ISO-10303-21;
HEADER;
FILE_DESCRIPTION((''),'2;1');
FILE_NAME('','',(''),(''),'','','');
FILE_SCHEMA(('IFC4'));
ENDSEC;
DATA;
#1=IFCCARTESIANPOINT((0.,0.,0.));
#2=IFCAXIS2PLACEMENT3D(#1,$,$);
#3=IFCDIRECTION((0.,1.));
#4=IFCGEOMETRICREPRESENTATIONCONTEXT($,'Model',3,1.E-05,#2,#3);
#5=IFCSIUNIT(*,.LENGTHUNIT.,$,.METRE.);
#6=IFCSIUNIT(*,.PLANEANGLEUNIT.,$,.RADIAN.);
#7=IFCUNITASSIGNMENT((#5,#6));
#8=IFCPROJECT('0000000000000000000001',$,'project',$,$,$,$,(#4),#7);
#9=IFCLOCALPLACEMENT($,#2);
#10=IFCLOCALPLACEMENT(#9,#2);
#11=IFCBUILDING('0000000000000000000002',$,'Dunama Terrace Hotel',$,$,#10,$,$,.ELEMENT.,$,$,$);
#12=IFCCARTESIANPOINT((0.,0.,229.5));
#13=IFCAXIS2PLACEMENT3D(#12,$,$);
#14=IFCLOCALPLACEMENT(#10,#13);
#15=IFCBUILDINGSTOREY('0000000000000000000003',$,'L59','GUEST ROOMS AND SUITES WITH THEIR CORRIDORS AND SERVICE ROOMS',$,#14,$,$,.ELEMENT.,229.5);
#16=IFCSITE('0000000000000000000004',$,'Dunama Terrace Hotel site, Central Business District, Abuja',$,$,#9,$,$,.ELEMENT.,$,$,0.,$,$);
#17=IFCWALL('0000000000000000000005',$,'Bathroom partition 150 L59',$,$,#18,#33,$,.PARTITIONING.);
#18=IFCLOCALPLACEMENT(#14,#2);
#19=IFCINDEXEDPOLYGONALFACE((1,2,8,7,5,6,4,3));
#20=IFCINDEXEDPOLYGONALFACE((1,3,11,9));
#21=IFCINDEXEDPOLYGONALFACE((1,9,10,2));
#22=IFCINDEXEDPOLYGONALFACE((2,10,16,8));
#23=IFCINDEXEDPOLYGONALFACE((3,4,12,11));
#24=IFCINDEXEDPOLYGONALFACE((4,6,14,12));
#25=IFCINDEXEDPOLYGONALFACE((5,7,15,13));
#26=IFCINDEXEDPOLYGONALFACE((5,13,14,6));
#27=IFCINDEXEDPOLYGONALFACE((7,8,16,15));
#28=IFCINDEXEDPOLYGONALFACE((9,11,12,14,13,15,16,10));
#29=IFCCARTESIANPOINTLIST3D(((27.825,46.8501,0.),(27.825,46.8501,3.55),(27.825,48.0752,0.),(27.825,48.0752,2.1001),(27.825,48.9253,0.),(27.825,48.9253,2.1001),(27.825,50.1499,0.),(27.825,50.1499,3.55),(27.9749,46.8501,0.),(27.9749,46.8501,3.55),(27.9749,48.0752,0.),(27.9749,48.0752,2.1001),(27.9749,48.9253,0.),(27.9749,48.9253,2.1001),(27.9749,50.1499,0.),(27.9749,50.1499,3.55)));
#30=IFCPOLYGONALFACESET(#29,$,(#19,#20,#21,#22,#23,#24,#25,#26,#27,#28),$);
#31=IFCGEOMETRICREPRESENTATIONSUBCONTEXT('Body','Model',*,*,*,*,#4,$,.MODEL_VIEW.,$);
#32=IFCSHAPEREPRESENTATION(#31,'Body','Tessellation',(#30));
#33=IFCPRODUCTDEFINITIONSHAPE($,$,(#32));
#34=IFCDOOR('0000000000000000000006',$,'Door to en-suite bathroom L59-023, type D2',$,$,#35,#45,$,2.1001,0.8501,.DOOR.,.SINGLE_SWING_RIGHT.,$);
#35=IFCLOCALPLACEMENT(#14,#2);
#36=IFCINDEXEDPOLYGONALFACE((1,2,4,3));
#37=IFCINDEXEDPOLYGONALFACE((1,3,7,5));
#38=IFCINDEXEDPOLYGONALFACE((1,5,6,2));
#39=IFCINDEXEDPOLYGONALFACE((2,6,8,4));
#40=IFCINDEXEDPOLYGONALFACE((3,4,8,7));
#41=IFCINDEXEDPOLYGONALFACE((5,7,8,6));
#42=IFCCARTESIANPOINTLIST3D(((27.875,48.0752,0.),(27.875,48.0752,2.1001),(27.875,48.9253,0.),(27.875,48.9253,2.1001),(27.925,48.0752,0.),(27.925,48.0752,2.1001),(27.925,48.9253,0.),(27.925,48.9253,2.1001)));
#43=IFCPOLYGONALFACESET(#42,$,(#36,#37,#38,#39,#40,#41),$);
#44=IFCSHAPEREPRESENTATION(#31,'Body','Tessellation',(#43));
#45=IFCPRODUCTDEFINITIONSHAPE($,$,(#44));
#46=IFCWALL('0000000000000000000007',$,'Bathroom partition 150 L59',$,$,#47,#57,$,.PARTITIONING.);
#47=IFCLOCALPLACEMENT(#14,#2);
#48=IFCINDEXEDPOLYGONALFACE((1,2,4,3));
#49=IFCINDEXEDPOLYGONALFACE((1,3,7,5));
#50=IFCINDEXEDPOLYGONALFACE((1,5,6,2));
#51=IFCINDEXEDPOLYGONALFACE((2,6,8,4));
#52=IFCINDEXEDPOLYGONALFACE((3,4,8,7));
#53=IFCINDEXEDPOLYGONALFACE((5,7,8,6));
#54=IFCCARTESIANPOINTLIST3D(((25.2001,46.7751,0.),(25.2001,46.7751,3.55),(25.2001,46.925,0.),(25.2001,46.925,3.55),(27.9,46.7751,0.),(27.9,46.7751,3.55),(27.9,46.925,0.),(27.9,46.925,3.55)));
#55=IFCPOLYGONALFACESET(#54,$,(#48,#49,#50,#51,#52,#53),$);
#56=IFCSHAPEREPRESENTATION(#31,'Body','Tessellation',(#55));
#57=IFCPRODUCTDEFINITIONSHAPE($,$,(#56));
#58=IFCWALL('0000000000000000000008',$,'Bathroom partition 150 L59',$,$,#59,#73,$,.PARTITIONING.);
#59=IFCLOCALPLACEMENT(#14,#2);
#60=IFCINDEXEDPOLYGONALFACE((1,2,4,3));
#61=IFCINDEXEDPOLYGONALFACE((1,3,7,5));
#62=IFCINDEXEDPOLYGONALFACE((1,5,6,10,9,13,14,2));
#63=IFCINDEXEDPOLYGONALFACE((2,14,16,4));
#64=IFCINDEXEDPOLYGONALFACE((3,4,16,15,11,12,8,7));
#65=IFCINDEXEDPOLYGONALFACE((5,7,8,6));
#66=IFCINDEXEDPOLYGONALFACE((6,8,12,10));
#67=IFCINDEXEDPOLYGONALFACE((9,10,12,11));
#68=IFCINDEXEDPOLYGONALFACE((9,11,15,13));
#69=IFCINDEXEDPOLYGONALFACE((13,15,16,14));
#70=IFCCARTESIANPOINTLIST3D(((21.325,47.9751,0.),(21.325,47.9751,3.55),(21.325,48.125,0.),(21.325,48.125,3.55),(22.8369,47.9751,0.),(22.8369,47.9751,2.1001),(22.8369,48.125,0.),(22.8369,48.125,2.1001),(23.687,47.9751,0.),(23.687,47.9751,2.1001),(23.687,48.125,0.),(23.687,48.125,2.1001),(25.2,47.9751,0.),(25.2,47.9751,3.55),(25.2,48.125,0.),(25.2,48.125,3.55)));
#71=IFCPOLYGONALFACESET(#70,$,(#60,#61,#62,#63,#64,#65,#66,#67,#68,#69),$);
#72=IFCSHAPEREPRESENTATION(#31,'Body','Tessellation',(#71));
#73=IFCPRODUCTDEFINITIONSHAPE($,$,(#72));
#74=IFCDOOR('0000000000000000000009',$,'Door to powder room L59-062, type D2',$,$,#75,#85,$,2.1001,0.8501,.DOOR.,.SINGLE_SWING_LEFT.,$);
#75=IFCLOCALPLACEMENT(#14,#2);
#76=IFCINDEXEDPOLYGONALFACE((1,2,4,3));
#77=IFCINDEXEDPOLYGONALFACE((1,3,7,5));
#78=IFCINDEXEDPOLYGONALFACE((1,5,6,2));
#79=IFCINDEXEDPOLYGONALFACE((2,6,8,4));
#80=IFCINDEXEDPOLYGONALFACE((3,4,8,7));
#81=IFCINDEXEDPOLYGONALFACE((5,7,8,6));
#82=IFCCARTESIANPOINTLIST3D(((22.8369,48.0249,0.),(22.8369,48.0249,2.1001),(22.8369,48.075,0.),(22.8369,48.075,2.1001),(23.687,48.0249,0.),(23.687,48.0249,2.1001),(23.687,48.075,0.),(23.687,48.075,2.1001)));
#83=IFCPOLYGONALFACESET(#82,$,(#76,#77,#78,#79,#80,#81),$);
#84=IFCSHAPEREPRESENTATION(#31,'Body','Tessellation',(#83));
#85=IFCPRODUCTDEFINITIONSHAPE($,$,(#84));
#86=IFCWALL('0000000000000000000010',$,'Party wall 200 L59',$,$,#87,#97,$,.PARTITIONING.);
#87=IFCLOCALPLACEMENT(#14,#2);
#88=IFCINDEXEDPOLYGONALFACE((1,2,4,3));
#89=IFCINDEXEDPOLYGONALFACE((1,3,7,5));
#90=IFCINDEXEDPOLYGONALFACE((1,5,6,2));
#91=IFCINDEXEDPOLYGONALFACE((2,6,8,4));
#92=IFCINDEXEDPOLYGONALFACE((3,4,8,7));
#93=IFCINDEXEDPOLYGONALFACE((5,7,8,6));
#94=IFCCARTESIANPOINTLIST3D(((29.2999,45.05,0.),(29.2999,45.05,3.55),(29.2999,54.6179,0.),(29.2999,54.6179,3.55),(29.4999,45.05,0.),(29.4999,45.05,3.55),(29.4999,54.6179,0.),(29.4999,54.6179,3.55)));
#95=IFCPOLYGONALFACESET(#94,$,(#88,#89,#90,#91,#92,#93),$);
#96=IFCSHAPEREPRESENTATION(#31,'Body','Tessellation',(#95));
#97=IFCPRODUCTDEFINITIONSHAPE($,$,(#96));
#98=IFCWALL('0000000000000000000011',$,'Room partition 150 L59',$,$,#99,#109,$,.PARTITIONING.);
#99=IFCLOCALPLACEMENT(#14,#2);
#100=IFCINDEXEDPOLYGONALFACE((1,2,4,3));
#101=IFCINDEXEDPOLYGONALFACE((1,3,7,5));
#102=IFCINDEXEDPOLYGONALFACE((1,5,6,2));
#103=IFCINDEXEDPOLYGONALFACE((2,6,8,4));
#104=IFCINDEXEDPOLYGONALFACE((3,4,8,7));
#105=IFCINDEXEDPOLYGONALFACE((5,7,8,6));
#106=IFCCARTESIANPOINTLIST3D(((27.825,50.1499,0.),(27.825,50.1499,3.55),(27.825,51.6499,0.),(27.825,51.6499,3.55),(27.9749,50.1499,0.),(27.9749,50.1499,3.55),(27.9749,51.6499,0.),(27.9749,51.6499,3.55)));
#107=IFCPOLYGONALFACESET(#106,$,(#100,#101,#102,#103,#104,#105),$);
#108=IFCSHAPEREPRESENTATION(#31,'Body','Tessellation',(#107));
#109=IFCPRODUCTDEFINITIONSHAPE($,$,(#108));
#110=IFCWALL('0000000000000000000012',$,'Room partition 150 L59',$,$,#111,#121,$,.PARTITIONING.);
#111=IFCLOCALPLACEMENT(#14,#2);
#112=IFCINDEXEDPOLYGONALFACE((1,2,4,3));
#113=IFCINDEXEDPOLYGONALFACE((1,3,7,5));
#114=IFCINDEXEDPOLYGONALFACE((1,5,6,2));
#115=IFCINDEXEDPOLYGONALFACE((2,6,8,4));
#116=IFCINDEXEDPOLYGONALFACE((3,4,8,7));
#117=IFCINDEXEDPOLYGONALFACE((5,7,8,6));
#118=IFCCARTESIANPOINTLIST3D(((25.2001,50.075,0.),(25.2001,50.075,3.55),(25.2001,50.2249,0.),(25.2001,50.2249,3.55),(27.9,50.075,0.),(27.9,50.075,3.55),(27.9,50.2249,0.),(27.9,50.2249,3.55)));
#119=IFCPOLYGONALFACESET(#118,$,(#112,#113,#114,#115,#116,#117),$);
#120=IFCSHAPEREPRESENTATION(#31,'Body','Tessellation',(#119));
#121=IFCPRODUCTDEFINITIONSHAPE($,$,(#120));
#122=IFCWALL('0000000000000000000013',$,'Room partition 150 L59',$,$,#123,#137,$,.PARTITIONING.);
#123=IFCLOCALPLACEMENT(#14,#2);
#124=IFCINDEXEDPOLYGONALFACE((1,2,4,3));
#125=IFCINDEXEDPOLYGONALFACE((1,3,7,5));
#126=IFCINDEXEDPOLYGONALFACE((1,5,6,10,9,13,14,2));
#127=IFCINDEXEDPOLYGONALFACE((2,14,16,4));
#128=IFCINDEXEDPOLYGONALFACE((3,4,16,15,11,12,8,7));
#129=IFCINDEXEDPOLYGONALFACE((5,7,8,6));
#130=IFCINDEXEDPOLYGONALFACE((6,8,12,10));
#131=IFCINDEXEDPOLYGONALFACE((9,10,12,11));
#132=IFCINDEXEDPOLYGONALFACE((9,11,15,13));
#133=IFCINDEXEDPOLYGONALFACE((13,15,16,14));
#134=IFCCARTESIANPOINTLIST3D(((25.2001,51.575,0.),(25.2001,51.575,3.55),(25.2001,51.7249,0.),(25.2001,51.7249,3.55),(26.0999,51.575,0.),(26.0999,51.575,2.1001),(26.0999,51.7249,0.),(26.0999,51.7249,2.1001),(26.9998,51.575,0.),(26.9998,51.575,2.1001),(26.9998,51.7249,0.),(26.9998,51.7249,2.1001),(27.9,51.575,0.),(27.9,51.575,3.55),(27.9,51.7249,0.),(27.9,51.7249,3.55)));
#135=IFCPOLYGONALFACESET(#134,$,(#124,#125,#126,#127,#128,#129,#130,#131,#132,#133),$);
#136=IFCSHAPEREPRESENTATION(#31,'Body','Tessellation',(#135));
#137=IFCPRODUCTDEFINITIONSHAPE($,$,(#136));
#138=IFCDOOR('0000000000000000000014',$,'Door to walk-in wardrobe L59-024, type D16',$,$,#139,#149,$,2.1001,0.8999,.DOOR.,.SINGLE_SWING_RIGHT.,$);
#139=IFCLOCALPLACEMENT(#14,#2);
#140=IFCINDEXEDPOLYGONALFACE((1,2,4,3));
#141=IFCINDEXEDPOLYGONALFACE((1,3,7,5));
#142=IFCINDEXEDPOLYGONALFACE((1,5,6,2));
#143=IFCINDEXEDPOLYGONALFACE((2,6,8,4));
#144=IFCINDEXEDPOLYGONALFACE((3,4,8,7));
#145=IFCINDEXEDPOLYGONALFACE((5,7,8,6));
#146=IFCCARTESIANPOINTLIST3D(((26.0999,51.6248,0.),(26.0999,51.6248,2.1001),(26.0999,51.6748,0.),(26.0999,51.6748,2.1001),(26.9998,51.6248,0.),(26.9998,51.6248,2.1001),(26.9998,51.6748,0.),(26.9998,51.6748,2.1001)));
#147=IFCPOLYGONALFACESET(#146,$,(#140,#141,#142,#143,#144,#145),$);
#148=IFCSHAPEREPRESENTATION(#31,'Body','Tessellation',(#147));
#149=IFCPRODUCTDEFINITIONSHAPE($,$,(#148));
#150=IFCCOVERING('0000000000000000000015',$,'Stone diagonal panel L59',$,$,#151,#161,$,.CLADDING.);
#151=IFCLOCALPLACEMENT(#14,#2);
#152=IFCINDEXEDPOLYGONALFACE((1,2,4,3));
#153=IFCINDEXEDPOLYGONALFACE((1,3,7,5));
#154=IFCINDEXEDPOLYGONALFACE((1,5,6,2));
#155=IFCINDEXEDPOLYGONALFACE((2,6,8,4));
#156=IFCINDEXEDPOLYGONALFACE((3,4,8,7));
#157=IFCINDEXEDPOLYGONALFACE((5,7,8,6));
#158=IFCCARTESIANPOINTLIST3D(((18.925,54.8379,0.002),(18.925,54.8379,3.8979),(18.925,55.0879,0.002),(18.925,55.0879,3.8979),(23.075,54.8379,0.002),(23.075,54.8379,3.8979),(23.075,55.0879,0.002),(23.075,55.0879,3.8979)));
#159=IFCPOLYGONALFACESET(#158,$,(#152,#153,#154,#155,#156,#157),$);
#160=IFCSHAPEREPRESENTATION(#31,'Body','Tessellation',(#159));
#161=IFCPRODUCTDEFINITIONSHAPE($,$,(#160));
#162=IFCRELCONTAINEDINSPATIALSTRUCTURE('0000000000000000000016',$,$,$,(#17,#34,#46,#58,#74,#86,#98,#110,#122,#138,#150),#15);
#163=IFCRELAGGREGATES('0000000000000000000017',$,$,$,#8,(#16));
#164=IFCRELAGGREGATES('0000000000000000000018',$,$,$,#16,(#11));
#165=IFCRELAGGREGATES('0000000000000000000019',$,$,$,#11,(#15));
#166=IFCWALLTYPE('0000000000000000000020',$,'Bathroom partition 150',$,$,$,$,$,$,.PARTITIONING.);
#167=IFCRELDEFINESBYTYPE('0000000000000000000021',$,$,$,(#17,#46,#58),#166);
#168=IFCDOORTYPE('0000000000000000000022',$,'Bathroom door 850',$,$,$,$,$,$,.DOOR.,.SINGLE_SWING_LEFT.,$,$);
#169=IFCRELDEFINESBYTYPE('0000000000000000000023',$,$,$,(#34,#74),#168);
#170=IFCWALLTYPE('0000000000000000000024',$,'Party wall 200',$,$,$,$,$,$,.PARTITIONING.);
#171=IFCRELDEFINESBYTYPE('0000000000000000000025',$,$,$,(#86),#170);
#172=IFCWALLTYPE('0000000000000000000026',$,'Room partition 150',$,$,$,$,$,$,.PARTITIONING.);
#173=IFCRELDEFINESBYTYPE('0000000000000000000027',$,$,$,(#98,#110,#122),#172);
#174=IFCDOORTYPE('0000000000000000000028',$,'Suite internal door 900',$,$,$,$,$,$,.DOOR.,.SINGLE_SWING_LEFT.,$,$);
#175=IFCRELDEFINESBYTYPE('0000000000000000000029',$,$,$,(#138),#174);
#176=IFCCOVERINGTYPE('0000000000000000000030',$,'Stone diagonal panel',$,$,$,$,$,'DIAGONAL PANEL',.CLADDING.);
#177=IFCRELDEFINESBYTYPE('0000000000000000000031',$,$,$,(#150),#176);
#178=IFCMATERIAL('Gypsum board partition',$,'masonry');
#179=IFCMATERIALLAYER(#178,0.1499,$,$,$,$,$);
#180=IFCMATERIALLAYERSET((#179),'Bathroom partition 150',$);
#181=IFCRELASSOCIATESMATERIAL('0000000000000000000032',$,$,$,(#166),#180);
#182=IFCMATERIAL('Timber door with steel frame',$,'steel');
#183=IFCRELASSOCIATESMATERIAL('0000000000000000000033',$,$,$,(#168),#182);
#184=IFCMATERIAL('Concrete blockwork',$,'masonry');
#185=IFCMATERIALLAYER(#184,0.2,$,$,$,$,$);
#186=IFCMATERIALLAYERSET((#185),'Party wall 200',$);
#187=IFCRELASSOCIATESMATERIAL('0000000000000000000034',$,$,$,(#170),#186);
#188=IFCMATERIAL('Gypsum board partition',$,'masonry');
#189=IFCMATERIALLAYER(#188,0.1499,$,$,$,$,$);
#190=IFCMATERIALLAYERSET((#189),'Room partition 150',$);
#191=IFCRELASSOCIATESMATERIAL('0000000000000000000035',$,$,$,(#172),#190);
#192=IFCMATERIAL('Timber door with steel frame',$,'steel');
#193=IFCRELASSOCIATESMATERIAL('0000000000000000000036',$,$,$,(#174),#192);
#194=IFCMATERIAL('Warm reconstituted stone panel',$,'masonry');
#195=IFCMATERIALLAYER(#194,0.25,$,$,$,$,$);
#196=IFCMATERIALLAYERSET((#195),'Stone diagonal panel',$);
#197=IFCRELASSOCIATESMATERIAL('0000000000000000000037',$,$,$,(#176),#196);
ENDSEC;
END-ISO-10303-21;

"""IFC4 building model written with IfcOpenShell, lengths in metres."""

from ifc_helpers import new_model, si_unit, direction, frame, frame_2d, origin, origin_2d, place, context, subcontext, project, spatial, rectangle, extrude, material, layer, layer_set, type_object, element, fill, save


model = new_model("IFC4")

# Units and contexts
model_context = context("Model", 3, precision=1e-05, world=origin(), true_north=direction((0.0, 1.0)))
body_context = subcontext(model_context, "Body", "Model", "MODEL_VIEW")
ifc_project = project(units=[si_unit("LENGTHUNIT", "METRE"), si_unit("PLANEANGLEUNIT", "RADIAN")], contexts=[model_context])

# Site, building, storey
site_placement = place(None, origin())
site = spatial("IfcSite", under=ifc_project, at=site_placement, Name="Dunama Terrace Hotel site, Central Business District, Abuja", CompositionType="ELEMENT", RefElevation=0.0)
building_placement = place(site_placement, origin())
building = spatial("IfcBuilding", under=site, at=building_placement, Name="Dunama Terrace Hotel", CompositionType="ELEMENT")
storey_placement = place(building_placement, frame((0.0, 0.0, 229.5)))
storey = spatial("IfcBuildingStorey", under=building, at=storey_placement, Name="L59", Description="GUEST ROOMS AND SUITES WITH THEIR CORRIDORS AND SERVICE ROOMS", CompositionType="ELEMENT", Elevation=229.5)

# Wall, opening, door
ifc_material_1 = material(Name="Gypsum board partition", Category="masonry")
ifc_layer_1 = layer(ifc_material_1, 0.1499)
ifc_layer_set_1 = layer_set([ifc_layer_1], Name="Bathroom partition 150")
wall_type_1 = type_object("IfcWallType", Name="Bathroom partition 150", PredefinedType="PARTITIONING", material=ifc_layer_set_1)
wall_1_placement = place(storey_placement, frame((27.8999, 46.8501, 0.0), z_axis=(0.0, 0.0, 1.0), x_axis=(0.0, 1.0, 0.0)))
wall_1 = element("IfcWall", 1, at=wall_1_placement, inside=storey, type_object=wall_type_1, Name="Bathroom partition 150 L59", PredefinedType="PARTITIONING", context=body_context, shape_type="SweptSolid", body=[
    extrude(rectangle(XDim=3.2998, YDim=0.1499, at=frame_2d((1.6499, 0.0))), origin(), (0.0, 0.0, 1.0), 3.55),
])
opening_1_placement = place(wall_1_placement, frame((1.2251, 0.0, 0.0)))
opening_1 = element("IfcOpeningElement", 2, at=opening_1_placement, cuts=wall_1, PredefinedType="OPENING", context=body_context, shape_type="SweptSolid", body=[
    extrude(rectangle(XDim=0.8501, YDim=2.1001, at=frame_2d((0.425, 1.05))), frame((0.0, 0.085, 0.0), z_axis=(0.0, -1.0, 0.0), x_axis=(1.0, 0.0, 0.0)), (0.0, 0.0, 1.0), 0.1699),
])
ifc_material_2 = material(Name="Timber door with steel frame", Category="steel")
door_type_1 = type_object("IfcDoorType", Name="Bathroom door 850", OperationType="SINGLE_SWING_LEFT", PredefinedType="DOOR", material=ifc_material_2)
door_1_placement = place(opening_1_placement, origin())
door_1 = element("IfcDoor", 3, at=door_1_placement, inside=storey, type_object=door_type_1, Name="Door to en-suite bathroom L59-023, type D2", OperationType="SINGLE_SWING_RIGHT", OverallHeight=2.1001, OverallWidth=0.8501, PredefinedType="DOOR", context=body_context, shape_type="SweptSolid", body=[
    extrude(rectangle(XDim=0.8501, YDim=2.1001, at=frame_2d((0.425, 1.05))), frame((0.0, 0.0249, 0.0), z_axis=(0.0, -1.0, 0.0), x_axis=(1.0, 0.0, 0.0)), (0.0, 0.0, 1.0), 0.05),
])
fill(opening_1, door_1)

# Wall
wall_2_placement = place(storey_placement, frame((25.2, 46.8501, 0.0), z_axis=(0.0, 0.0, 1.0), x_axis=(1.0, 0.0, 0.0)))
element("IfcWall", 4, at=wall_2_placement, inside=storey, type_object=wall_type_1, Name="Bathroom partition 150 L59", PredefinedType="PARTITIONING", context=body_context, shape_type="SweptSolid", body=[
    extrude(rectangle(XDim=2.7, YDim=0.1499, at=frame_2d((1.3501, 0.0))), origin(), (0.0, 0.0, 1.0), 3.55),
])

# Wall, opening, door
wall_3_placement = place(storey_placement, frame((21.325, 48.05, 0.0), z_axis=(0.0, 0.0, 1.0), x_axis=(1.0, 0.0, 0.0)))
wall_3 = element("IfcWall", 5, at=wall_3_placement, inside=storey, type_object=wall_type_1, Name="Bathroom partition 150 L59", PredefinedType="PARTITIONING", context=body_context, shape_type="SweptSolid", body=[
    extrude(rectangle(XDim=3.875, YDim=0.1499, at=frame_2d((1.9375, 0.0))), origin(), (0.0, 0.0, 1.0), 3.55),
])
opening_2_placement = place(wall_3_placement, frame((1.512, 0.0, 0.0)))
opening_2 = element("IfcOpeningElement", 6, at=opening_2_placement, cuts=wall_3, PredefinedType="OPENING", context=body_context, shape_type="SweptSolid", body=[
    extrude(rectangle(XDim=0.8501, YDim=2.1001, at=frame_2d((0.425, 1.05))), frame((0.0, 0.085, 0.0), z_axis=(0.0, -1.0, 0.0), x_axis=(1.0, 0.0, 0.0)), (0.0, 0.0, 1.0), 0.1699),
])
door_2_placement = place(opening_2_placement, frame((0.8501, 0.0, 0.0), z_axis=(0.0, 0.0, 1.0), x_axis=(-1.0, 0.0, 0.0)))
door_2 = element("IfcDoor", 7, at=door_2_placement, inside=storey, type_object=door_type_1, Name="Door to powder room L59-062, type D2", OperationType="SINGLE_SWING_LEFT", OverallHeight=2.1001, OverallWidth=0.8501, PredefinedType="DOOR", context=body_context, shape_type="SweptSolid", body=[
    extrude(rectangle(XDim=0.8501, YDim=2.1001, at=frame_2d((0.425, 1.05))), frame((0.0, 0.0251, 0.0), z_axis=(0.0, -1.0, 0.0), x_axis=(1.0, 0.0, 0.0)), (0.0, 0.0, 1.0), 0.05),
])
fill(opening_2, door_2)

# Walls
ifc_material_3 = material(Name="Concrete blockwork", Category="masonry")
ifc_layer_2 = layer(ifc_material_3, 0.2)
ifc_layer_set_2 = layer_set([ifc_layer_2], Name="Party wall 200")
wall_type_2 = type_object("IfcWallType", Name="Party wall 200", PredefinedType="PARTITIONING", material=ifc_layer_set_2)
wall_4_placement = place(storey_placement, frame((29.3999, 45.05, 0.0), z_axis=(0.0, 0.0, 1.0), x_axis=(0.0, 1.0, 0.0)))
element("IfcWall", 8, at=wall_4_placement, inside=storey, type_object=wall_type_2, Name="Party wall 200 L59", PredefinedType="PARTITIONING", context=body_context, shape_type="SweptSolid", body=[
    extrude(rectangle(XDim=9.5679, YDim=0.2, at=frame_2d((4.7839, 0.0))), origin(), (0.0, 0.0, 1.0), 3.55),
])
ifc_material_4 = material(Name="Gypsum board partition", Category="masonry")
ifc_layer_3 = layer(ifc_material_4, 0.1499)
ifc_layer_set_3 = layer_set([ifc_layer_3], Name="Room partition 150")
wall_type_3 = type_object("IfcWallType", Name="Room partition 150", PredefinedType="PARTITIONING", material=ifc_layer_set_3)
wall_5_placement = place(storey_placement, frame((27.8999, 50.1499, 0.0), z_axis=(0.0, 0.0, 1.0), x_axis=(0.0, 1.0, 0.0)))
element("IfcWall", 9, at=wall_5_placement, inside=storey, type_object=wall_type_3, Name="Room partition 150 L59", PredefinedType="PARTITIONING", context=body_context, shape_type="SweptSolid", body=[
    extrude(rectangle(XDim=1.5, YDim=0.1499, at=frame_2d((0.75, 0.0))), origin(), (0.0, 0.0, 1.0), 3.55),
])
wall_6_placement = place(storey_placement, frame((25.2, 50.1499, 0.0), z_axis=(0.0, 0.0, 1.0), x_axis=(1.0, 0.0, 0.0)))
element("IfcWall", 10, at=wall_6_placement, inside=storey, type_object=wall_type_3, Name="Room partition 150 L59", PredefinedType="PARTITIONING", context=body_context, shape_type="SweptSolid", body=[
    extrude(rectangle(XDim=2.7, YDim=0.1499, at=frame_2d((1.3501, 0.0))), origin(), (0.0, 0.0, 1.0), 3.55),
])

# Wall, opening, door
wall_7_placement = place(storey_placement, frame((25.2, 51.6499, 0.0), z_axis=(0.0, 0.0, 1.0), x_axis=(1.0, 0.0, 0.0)))
wall_7 = element("IfcWall", 11, at=wall_7_placement, inside=storey, type_object=wall_type_3, Name="Room partition 150 L59", PredefinedType="PARTITIONING", context=body_context, shape_type="SweptSolid", body=[
    extrude(rectangle(XDim=2.7, YDim=0.1499, at=frame_2d((1.3501, 0.0))), origin(), (0.0, 0.0, 1.0), 3.55),
])
opening_3_placement = place(wall_7_placement, frame((0.8999, 0.0, 0.0)))
opening_3 = element("IfcOpeningElement", 12, at=opening_3_placement, cuts=wall_7, PredefinedType="OPENING", context=body_context, shape_type="SweptSolid", body=[
    extrude(rectangle(XDim=0.8999, YDim=2.1001, at=frame_2d((0.45, 1.05))), frame((0.0, 0.085, 0.0), z_axis=(0.0, -1.0, 0.0), x_axis=(1.0, 0.0, 0.0)), (0.0, 0.0, 1.0), 0.1699),
])
ifc_material_5 = material(Name="Timber door with steel frame", Category="steel")
door_type_2 = type_object("IfcDoorType", Name="Suite internal door 900", OperationType="SINGLE_SWING_LEFT", PredefinedType="DOOR", material=ifc_material_5)
door_3_placement = place(opening_3_placement, frame((0.8999, 0.0, 0.0), z_axis=(0.0, 0.0, 1.0), x_axis=(-1.0, 0.0, 0.0)))
door_3 = element("IfcDoor", 13, at=door_3_placement, inside=storey, type_object=door_type_2, Name="Door to walk-in wardrobe L59-024, type D16", OperationType="SINGLE_SWING_RIGHT", OverallHeight=2.1001, OverallWidth=0.8999, PredefinedType="DOOR", context=body_context, shape_type="SweptSolid", body=[
    extrude(rectangle(XDim=0.8999, YDim=2.1001, at=frame_2d((0.45, 1.05))), frame((0.0, 0.0251, 0.0), z_axis=(0.0, -1.0, 0.0), x_axis=(1.0, 0.0, 0.0)), (0.0, 0.0, 1.0), 0.05),
])
fill(opening_3, door_3)

# Covering
ifc_material_6 = material(Name="Warm reconstituted stone panel", Category="masonry")
ifc_layer_4 = layer(ifc_material_6, 0.25)
ifc_layer_set_4 = layer_set([ifc_layer_4], Name="Stone diagonal panel")
covering_type = type_object("IfcCoveringType", Name="Stone diagonal panel", ElementType="DIAGONAL PANEL", PredefinedType="CLADDING", material=ifc_layer_set_4)
covering_placement = place(storey_placement, frame((21.0, 54.9629, 0.002), z_axis=(0.0, 0.0, 1.0), x_axis=(-1.0, 0.0, 0.0)))
element("IfcCovering", 14, at=covering_placement, inside=storey, type_object=covering_type, Name="Stone diagonal panel L59", PredefinedType="CLADDING", context=body_context, shape_type="SweptSolid", body=[
    extrude(rectangle(XDim=4.1499, YDim=0.25, at=origin_2d()), origin(), (0.0, 0.0, 1.0), 3.896),
])

save(model, "model.ifc")
